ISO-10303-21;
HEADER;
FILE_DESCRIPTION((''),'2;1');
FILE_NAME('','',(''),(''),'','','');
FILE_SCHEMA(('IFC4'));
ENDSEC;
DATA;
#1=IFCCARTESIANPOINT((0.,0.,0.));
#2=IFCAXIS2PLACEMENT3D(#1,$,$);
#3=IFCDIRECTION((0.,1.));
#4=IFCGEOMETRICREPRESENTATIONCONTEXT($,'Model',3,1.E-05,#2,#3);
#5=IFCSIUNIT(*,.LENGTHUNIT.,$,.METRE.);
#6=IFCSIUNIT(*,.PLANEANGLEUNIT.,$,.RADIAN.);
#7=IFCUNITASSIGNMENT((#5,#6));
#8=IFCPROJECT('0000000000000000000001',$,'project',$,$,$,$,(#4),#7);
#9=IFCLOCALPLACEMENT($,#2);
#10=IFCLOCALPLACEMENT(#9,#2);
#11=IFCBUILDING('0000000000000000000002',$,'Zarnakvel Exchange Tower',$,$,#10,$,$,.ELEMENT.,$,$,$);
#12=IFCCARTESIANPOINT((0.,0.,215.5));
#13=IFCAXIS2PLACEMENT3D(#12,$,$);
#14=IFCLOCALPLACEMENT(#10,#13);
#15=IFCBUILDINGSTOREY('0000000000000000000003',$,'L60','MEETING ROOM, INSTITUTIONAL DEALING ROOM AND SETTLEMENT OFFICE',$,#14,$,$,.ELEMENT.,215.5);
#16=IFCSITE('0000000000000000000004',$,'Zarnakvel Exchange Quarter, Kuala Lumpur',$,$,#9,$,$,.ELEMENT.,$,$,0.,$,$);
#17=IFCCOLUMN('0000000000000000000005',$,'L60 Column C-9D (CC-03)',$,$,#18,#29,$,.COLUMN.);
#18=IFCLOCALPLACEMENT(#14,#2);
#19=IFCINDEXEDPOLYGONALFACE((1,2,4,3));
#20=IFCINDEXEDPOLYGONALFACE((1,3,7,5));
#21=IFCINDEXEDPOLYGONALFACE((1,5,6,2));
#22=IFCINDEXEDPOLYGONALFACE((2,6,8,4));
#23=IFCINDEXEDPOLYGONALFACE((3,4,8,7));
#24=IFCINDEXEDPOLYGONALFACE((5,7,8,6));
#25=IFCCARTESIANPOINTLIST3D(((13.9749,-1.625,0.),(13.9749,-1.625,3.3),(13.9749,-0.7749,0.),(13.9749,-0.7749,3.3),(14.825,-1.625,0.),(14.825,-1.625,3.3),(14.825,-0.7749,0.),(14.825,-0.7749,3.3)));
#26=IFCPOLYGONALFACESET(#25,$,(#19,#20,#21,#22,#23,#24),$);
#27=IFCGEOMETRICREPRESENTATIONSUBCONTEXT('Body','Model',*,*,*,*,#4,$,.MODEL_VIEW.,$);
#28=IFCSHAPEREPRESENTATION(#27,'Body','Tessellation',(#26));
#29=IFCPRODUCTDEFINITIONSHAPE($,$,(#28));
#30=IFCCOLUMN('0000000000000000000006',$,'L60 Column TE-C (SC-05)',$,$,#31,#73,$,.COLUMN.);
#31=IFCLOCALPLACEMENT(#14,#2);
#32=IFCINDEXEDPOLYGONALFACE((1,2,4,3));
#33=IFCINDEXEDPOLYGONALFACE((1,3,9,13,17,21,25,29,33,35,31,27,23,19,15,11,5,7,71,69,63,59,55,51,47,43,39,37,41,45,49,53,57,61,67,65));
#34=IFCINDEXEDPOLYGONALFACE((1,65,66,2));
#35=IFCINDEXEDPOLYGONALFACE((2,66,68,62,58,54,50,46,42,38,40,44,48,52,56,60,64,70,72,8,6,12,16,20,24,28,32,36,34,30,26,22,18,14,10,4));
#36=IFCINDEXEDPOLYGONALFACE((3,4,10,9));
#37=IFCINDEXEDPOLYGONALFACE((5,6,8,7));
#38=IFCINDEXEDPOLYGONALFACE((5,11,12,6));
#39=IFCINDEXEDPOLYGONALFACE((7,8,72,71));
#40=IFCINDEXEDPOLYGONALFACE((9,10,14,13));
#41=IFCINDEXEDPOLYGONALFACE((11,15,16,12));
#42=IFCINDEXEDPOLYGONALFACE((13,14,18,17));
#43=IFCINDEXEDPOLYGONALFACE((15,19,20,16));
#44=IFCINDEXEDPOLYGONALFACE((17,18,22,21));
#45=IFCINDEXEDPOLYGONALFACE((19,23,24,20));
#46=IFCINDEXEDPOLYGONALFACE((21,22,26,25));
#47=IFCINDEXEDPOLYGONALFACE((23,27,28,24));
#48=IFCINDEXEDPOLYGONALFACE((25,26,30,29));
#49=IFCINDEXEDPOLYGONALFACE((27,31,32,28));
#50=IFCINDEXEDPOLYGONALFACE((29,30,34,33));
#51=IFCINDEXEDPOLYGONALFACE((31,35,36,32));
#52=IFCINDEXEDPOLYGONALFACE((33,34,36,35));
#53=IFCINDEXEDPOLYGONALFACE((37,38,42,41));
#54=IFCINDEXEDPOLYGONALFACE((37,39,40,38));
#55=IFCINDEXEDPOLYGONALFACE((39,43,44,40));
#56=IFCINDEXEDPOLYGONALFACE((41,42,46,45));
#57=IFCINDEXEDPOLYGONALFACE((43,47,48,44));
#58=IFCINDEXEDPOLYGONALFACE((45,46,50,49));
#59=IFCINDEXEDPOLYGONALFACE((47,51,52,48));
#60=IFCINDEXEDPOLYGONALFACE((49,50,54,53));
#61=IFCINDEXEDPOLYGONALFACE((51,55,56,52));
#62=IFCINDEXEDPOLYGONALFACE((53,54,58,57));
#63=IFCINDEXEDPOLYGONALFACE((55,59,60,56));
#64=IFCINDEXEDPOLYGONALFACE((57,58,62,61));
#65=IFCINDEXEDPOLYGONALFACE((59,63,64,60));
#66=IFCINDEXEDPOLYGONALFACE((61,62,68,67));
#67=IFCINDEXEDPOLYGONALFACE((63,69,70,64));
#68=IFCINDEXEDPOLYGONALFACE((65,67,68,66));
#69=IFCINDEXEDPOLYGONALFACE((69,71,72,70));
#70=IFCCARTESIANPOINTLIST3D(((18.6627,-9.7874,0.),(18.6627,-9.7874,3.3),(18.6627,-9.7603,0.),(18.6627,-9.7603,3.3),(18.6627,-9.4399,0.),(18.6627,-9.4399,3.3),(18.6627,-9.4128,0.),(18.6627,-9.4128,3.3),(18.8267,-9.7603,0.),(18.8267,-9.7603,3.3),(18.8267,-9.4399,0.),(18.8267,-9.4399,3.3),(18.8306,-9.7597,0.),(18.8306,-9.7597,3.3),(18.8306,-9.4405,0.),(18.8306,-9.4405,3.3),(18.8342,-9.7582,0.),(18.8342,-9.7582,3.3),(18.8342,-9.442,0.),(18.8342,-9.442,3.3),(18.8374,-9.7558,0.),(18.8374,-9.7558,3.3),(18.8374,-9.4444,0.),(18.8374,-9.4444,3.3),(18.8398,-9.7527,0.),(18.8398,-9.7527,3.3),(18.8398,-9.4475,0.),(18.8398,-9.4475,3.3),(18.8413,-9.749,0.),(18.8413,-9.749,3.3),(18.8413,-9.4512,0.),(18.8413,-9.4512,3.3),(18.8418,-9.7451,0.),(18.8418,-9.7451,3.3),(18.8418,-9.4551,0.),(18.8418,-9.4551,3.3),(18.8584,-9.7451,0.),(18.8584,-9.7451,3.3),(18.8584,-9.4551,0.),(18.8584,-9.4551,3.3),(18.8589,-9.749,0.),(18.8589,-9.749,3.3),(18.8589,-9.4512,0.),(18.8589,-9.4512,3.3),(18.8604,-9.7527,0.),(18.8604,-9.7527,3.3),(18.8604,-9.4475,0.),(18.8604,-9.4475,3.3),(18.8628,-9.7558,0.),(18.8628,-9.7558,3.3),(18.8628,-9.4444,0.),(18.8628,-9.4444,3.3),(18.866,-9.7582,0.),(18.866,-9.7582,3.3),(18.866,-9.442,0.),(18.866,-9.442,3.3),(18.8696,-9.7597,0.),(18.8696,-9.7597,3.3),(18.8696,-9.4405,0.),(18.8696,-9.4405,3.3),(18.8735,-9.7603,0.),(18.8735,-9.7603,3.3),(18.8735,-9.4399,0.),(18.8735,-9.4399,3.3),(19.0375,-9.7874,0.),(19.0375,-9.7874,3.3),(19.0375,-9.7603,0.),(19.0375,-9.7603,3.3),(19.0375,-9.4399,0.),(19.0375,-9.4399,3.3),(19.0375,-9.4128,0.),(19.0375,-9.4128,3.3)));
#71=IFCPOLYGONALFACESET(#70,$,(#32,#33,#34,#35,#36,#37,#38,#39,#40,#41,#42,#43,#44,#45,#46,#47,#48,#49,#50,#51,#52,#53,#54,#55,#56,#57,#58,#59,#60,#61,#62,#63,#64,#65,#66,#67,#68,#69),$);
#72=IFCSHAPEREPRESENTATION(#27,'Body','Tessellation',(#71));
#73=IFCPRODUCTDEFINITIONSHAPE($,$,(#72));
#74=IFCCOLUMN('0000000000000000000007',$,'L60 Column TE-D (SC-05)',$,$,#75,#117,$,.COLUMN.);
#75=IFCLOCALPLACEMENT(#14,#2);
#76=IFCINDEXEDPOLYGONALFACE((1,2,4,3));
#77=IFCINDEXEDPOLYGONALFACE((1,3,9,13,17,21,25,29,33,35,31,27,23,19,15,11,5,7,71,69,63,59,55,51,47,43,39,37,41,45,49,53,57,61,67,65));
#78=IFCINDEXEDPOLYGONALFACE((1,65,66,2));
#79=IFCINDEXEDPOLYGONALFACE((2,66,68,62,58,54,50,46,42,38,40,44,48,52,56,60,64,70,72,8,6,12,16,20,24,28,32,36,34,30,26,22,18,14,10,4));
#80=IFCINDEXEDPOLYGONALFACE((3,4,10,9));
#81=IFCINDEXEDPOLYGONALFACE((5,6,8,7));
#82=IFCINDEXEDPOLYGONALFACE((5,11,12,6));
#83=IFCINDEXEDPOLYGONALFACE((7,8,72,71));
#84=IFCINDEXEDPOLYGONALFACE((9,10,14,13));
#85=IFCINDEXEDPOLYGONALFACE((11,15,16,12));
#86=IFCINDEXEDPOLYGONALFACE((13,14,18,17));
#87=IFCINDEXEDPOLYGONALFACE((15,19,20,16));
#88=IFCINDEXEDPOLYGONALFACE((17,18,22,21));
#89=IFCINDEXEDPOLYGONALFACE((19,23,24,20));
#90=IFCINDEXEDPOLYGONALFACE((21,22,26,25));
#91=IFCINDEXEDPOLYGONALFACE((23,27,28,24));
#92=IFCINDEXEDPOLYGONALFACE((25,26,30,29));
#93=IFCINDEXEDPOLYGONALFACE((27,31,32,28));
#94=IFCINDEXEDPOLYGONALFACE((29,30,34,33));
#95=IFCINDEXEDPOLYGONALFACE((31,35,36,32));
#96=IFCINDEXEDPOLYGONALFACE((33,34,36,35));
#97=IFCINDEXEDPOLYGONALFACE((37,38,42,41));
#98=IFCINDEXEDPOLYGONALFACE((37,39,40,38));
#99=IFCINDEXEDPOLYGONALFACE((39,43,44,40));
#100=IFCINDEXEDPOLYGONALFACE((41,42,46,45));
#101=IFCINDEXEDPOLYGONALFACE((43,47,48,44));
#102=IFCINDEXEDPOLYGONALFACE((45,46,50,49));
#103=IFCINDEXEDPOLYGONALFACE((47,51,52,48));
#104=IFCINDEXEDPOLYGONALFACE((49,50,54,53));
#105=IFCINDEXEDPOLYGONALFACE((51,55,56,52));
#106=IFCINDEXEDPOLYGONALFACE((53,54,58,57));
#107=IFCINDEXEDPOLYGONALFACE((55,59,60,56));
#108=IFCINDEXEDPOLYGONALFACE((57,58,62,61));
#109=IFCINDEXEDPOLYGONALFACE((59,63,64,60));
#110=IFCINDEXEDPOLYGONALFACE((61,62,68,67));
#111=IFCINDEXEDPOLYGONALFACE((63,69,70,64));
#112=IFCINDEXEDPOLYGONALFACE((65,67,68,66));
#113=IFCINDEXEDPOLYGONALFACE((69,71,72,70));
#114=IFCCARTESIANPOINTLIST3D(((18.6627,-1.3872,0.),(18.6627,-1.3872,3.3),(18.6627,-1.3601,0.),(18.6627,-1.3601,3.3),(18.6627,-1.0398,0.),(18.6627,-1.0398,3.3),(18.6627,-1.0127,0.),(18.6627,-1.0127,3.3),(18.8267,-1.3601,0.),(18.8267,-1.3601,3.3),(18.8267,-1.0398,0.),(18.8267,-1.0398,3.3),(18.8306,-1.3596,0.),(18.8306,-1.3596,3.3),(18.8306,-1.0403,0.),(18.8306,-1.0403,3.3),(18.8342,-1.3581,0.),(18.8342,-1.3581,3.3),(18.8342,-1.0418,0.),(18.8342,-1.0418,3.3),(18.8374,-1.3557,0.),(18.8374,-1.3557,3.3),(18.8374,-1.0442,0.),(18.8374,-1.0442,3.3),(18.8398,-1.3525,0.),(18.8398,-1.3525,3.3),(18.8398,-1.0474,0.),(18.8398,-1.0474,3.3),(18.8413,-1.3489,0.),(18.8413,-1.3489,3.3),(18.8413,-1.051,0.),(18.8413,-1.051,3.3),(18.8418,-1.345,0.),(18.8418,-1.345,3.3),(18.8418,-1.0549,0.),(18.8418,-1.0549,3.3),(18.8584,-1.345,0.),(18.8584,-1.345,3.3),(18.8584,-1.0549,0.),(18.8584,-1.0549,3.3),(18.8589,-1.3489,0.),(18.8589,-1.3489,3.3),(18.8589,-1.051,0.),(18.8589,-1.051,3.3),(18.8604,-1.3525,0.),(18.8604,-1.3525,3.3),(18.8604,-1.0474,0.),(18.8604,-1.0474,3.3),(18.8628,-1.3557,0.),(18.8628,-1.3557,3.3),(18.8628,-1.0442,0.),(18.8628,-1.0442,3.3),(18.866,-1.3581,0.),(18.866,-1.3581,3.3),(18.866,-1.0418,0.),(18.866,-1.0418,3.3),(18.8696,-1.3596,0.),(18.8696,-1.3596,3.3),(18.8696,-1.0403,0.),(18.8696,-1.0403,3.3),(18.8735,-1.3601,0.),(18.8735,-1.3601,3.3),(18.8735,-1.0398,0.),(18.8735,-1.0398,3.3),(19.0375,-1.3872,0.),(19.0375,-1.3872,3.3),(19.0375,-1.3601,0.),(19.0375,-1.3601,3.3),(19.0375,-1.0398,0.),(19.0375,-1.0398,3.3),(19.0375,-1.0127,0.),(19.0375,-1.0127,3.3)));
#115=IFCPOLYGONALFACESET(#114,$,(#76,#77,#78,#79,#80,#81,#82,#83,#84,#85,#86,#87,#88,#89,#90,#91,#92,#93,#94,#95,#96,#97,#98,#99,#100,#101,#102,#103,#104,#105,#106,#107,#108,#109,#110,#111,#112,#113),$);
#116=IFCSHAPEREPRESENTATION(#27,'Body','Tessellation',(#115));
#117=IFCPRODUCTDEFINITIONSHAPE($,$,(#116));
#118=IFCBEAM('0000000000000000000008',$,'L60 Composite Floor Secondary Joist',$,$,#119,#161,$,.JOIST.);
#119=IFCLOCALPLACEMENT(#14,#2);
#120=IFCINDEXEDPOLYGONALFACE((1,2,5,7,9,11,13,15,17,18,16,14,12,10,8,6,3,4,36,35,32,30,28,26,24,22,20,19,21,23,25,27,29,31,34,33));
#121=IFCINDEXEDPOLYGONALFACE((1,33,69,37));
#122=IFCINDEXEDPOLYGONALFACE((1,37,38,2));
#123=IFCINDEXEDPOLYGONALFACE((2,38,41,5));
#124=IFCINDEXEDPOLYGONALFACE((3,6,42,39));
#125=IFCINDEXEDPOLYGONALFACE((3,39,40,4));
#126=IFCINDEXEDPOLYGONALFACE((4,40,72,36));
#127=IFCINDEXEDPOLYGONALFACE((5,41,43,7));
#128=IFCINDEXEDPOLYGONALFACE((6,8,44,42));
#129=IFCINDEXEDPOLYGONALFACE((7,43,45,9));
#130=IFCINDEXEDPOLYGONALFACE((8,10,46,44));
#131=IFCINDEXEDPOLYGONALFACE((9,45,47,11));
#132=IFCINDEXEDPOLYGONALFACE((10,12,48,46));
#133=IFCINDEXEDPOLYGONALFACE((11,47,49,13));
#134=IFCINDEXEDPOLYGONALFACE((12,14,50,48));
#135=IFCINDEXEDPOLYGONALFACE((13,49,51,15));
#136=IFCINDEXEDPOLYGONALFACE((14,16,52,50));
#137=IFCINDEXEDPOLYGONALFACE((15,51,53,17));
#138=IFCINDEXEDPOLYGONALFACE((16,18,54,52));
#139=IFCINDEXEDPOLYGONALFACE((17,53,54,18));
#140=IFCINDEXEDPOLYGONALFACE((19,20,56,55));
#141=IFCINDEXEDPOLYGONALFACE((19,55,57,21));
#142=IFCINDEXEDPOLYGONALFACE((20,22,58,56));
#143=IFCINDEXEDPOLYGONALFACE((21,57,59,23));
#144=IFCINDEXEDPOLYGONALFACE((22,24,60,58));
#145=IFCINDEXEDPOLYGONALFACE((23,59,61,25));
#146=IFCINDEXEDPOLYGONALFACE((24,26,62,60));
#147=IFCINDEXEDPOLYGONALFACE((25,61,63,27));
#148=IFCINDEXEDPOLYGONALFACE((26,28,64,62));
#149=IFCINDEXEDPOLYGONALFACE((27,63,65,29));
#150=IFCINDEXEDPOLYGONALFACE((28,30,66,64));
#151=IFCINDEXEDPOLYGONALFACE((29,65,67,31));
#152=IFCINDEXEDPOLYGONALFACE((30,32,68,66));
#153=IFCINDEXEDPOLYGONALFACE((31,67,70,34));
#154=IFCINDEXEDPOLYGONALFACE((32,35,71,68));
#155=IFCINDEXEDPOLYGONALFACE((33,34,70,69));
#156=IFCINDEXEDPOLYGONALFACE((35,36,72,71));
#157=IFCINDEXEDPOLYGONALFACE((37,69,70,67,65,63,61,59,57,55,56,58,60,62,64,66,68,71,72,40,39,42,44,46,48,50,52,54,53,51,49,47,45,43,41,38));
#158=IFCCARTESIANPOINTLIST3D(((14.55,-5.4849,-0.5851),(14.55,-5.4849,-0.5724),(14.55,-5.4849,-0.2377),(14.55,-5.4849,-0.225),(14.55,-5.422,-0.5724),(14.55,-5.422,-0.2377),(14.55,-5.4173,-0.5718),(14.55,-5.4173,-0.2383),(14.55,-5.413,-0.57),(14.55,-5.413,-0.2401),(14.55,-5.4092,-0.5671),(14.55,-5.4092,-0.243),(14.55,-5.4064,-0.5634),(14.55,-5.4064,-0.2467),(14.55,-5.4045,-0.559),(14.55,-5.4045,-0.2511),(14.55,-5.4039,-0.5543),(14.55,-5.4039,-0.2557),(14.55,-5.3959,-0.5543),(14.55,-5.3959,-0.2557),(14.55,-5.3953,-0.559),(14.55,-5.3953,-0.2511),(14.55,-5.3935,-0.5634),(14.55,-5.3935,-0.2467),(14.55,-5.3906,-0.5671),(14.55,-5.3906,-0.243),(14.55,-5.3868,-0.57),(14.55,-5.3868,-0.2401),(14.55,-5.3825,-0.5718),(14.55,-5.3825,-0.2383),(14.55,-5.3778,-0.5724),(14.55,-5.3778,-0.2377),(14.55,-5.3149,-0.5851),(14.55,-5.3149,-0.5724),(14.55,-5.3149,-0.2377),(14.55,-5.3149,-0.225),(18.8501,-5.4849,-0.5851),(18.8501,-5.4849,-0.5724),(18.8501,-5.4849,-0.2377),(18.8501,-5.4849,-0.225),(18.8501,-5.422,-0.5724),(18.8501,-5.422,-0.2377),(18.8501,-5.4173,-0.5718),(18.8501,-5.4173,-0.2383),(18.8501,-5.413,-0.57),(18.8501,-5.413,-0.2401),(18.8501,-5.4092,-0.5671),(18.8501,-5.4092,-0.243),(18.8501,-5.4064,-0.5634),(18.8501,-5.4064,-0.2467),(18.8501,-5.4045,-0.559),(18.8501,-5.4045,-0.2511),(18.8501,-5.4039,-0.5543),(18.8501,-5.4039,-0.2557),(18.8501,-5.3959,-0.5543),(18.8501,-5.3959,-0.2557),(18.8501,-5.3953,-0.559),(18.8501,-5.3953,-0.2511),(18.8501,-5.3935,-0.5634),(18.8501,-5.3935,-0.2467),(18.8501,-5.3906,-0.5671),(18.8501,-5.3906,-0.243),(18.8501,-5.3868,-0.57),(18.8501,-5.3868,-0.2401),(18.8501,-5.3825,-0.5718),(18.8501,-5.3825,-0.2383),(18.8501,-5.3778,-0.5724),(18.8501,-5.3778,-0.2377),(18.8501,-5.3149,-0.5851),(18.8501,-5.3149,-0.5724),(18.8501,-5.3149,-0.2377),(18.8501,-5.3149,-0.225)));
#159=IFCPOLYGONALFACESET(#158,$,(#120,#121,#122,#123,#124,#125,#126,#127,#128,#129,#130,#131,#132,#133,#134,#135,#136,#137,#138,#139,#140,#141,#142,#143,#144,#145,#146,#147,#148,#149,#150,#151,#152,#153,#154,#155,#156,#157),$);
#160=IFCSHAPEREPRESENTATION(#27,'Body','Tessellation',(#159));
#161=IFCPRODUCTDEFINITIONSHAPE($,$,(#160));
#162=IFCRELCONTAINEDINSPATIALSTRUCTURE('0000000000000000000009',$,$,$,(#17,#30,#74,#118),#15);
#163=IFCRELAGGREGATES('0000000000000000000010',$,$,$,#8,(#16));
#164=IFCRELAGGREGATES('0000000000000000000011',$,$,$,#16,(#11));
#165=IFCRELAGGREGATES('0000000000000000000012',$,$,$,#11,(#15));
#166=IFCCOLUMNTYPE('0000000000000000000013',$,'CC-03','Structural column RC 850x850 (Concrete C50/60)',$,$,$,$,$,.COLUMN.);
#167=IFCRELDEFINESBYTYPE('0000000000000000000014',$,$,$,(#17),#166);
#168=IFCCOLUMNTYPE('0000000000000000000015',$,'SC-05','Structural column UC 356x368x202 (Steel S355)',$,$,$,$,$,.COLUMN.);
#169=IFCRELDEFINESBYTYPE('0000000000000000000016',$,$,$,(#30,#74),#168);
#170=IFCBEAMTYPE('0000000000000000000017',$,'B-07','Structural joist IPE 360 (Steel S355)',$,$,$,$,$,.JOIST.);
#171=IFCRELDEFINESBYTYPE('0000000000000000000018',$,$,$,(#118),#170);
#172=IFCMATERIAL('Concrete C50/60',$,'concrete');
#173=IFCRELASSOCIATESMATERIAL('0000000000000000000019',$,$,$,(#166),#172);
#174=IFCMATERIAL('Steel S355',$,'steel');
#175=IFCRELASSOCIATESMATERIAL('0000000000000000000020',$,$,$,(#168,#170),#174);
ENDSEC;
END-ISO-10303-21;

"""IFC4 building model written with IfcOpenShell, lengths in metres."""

from ifc_helpers import new_model, si_unit, direction, frame, origin, origin_2d, place, context, subcontext, project, spatial, rectangle, i_section, extrude, material, material_profile, profile_set, type_object, element, save


model = new_model("IFC4")

# Units and contexts
model_context = context("Model", 3, precision=1e-05, world=origin(), true_north=direction((0.0, 1.0)))
body_context = subcontext(model_context, "Body", "Model", "MODEL_VIEW")
ifc_project = project(units=[si_unit("LENGTHUNIT", "METRE"), si_unit("PLANEANGLEUNIT", "RADIAN")], contexts=[model_context])

# Site, building, storey
site_placement = place(None, origin())
site = spatial("IfcSite", under=ifc_project, at=site_placement, Name="Zarnakvel Exchange Quarter, Kuala Lumpur", CompositionType="ELEMENT", RefElevation=0.0)
building_placement = place(site_placement, origin())
building = spatial("IfcBuilding", under=site, at=building_placement, Name="Zarnakvel Exchange Tower", CompositionType="ELEMENT")
storey_placement = place(building_placement, frame((0.0, 0.0, 215.5)))
storey = spatial("IfcBuildingStorey", under=building, at=storey_placement, Name="L60", Description="MEETING ROOM, INSTITUTIONAL DEALING ROOM AND SETTLEMENT OFFICE", CompositionType="ELEMENT", Elevation=215.5)

# Columns
ifc_material_1 = material(Name="Concrete C50/60", Category="concrete")
ifc_material_profile_1 = material_profile(ifc_material_1, rectangle(XDim=0.8501, YDim=0.8501, at=origin_2d()))
ifc_profile_set_1 = profile_set([ifc_material_profile_1], Name="Concrete C50/60")
column_type_1 = type_object("IfcColumnType", Name="CC-03", Description="Structural column RC 850x850 (Concrete C50/60)", PredefinedType="COLUMN", material=ifc_profile_set_1)
column_placement = place(storey_placement, frame((14.3999, -1.2, 0.0), z_axis=(0.0, 0.0, 1.0), x_axis=(1.0, 0.0, 0.0)))
element("IfcColumn", 1, at=column_placement, inside=storey, type_object=column_type_1, Name="L60 Column C-9D (CC-03)", PredefinedType="COLUMN", context=body_context, shape_type="SweptSolid", body=[
    extrude(rectangle(XDim=0.8501, YDim=0.8501, at=origin_2d()), origin(), (0.0, 0.0, 1.0), 3.3),
])
ifc_material_2 = material(Name="Steel S355", Category="steel")
ifc_material_profile_2 = material_profile(ifc_material_2, i_section(OverallWidth=0.3748, OverallDepth=0.3745, WebThickness=0.0166, FlangeThickness=0.0271, FilletRadius=0.0151, at=origin_2d()))
ifc_profile_set_2 = profile_set([ifc_material_profile_2], Name="Steel S355")
column_type_2 = type_object("IfcColumnType", Name="SC-05", Description="Structural column UC 356x368x202 (Steel S355)", PredefinedType="COLUMN", material=ifc_profile_set_2)
for number, where, z_axis, x_axis, name in (
    (2, (18.8501, -9.6001, 0.0), (0.0, 0.0, 1.0), (1.0, 0.0, 0.0), "L60 Column TE-C (SC-05)"),
    (3, (18.8501, -1.2, 0.0), (0.0, 0.0, 1.0), (1.0, 0.0, 0.0), "L60 Column TE-D (SC-05)"),
):
    element("IfcColumn", number, at=place(storey_placement, frame(where, z_axis=z_axis, x_axis=x_axis)), inside=storey, type_object=column_type_2, Name=name, PredefinedType="COLUMN", context=body_context, shape_type="SweptSolid", body=[
        extrude(i_section(OverallWidth=0.3748, OverallDepth=0.3745, WebThickness=0.0166, FlangeThickness=0.0271, FilletRadius=0.0151, at=origin_2d()), origin(), (0.0, 0.0, 1.0), 3.3),
    ])

# Beam
ifc_material_profile_3 = material_profile(ifc_material_2, i_section(OverallWidth=0.1699, OverallDepth=0.3601, WebThickness=0.0081, FlangeThickness=0.0127, FilletRadius=0.0181, at=origin_2d()))
ifc_profile_set_3 = profile_set([ifc_material_profile_3], Name="Steel S355")
beam_type_1 = type_object("IfcBeamType", Name="B-07", Description="Structural joist IPE 360 (Steel S355)", PredefinedType="JOIST", material=ifc_profile_set_3)
beam_1_placement = place(storey_placement, frame((14.55, -5.3999, -0.405), z_axis=(1.0, 0.0, 0.0), x_axis=(0.0, 1.0, 0.0)))
element("IfcBeam", 4, at=beam_1_placement, inside=storey, type_object=beam_type_1, Name="L60 Composite Floor Secondary Joist", PredefinedType="JOIST", context=body_context, shape_type="SweptSolid", body=[
    extrude(i_section(OverallWidth=0.1699, OverallDepth=0.3601, WebThickness=0.0081, FlangeThickness=0.0127, FilletRadius=0.0181, at=origin_2d()), origin(), (0.0, 0.0, 1.0), 4.3),
])

save(model, "model.ifc")
